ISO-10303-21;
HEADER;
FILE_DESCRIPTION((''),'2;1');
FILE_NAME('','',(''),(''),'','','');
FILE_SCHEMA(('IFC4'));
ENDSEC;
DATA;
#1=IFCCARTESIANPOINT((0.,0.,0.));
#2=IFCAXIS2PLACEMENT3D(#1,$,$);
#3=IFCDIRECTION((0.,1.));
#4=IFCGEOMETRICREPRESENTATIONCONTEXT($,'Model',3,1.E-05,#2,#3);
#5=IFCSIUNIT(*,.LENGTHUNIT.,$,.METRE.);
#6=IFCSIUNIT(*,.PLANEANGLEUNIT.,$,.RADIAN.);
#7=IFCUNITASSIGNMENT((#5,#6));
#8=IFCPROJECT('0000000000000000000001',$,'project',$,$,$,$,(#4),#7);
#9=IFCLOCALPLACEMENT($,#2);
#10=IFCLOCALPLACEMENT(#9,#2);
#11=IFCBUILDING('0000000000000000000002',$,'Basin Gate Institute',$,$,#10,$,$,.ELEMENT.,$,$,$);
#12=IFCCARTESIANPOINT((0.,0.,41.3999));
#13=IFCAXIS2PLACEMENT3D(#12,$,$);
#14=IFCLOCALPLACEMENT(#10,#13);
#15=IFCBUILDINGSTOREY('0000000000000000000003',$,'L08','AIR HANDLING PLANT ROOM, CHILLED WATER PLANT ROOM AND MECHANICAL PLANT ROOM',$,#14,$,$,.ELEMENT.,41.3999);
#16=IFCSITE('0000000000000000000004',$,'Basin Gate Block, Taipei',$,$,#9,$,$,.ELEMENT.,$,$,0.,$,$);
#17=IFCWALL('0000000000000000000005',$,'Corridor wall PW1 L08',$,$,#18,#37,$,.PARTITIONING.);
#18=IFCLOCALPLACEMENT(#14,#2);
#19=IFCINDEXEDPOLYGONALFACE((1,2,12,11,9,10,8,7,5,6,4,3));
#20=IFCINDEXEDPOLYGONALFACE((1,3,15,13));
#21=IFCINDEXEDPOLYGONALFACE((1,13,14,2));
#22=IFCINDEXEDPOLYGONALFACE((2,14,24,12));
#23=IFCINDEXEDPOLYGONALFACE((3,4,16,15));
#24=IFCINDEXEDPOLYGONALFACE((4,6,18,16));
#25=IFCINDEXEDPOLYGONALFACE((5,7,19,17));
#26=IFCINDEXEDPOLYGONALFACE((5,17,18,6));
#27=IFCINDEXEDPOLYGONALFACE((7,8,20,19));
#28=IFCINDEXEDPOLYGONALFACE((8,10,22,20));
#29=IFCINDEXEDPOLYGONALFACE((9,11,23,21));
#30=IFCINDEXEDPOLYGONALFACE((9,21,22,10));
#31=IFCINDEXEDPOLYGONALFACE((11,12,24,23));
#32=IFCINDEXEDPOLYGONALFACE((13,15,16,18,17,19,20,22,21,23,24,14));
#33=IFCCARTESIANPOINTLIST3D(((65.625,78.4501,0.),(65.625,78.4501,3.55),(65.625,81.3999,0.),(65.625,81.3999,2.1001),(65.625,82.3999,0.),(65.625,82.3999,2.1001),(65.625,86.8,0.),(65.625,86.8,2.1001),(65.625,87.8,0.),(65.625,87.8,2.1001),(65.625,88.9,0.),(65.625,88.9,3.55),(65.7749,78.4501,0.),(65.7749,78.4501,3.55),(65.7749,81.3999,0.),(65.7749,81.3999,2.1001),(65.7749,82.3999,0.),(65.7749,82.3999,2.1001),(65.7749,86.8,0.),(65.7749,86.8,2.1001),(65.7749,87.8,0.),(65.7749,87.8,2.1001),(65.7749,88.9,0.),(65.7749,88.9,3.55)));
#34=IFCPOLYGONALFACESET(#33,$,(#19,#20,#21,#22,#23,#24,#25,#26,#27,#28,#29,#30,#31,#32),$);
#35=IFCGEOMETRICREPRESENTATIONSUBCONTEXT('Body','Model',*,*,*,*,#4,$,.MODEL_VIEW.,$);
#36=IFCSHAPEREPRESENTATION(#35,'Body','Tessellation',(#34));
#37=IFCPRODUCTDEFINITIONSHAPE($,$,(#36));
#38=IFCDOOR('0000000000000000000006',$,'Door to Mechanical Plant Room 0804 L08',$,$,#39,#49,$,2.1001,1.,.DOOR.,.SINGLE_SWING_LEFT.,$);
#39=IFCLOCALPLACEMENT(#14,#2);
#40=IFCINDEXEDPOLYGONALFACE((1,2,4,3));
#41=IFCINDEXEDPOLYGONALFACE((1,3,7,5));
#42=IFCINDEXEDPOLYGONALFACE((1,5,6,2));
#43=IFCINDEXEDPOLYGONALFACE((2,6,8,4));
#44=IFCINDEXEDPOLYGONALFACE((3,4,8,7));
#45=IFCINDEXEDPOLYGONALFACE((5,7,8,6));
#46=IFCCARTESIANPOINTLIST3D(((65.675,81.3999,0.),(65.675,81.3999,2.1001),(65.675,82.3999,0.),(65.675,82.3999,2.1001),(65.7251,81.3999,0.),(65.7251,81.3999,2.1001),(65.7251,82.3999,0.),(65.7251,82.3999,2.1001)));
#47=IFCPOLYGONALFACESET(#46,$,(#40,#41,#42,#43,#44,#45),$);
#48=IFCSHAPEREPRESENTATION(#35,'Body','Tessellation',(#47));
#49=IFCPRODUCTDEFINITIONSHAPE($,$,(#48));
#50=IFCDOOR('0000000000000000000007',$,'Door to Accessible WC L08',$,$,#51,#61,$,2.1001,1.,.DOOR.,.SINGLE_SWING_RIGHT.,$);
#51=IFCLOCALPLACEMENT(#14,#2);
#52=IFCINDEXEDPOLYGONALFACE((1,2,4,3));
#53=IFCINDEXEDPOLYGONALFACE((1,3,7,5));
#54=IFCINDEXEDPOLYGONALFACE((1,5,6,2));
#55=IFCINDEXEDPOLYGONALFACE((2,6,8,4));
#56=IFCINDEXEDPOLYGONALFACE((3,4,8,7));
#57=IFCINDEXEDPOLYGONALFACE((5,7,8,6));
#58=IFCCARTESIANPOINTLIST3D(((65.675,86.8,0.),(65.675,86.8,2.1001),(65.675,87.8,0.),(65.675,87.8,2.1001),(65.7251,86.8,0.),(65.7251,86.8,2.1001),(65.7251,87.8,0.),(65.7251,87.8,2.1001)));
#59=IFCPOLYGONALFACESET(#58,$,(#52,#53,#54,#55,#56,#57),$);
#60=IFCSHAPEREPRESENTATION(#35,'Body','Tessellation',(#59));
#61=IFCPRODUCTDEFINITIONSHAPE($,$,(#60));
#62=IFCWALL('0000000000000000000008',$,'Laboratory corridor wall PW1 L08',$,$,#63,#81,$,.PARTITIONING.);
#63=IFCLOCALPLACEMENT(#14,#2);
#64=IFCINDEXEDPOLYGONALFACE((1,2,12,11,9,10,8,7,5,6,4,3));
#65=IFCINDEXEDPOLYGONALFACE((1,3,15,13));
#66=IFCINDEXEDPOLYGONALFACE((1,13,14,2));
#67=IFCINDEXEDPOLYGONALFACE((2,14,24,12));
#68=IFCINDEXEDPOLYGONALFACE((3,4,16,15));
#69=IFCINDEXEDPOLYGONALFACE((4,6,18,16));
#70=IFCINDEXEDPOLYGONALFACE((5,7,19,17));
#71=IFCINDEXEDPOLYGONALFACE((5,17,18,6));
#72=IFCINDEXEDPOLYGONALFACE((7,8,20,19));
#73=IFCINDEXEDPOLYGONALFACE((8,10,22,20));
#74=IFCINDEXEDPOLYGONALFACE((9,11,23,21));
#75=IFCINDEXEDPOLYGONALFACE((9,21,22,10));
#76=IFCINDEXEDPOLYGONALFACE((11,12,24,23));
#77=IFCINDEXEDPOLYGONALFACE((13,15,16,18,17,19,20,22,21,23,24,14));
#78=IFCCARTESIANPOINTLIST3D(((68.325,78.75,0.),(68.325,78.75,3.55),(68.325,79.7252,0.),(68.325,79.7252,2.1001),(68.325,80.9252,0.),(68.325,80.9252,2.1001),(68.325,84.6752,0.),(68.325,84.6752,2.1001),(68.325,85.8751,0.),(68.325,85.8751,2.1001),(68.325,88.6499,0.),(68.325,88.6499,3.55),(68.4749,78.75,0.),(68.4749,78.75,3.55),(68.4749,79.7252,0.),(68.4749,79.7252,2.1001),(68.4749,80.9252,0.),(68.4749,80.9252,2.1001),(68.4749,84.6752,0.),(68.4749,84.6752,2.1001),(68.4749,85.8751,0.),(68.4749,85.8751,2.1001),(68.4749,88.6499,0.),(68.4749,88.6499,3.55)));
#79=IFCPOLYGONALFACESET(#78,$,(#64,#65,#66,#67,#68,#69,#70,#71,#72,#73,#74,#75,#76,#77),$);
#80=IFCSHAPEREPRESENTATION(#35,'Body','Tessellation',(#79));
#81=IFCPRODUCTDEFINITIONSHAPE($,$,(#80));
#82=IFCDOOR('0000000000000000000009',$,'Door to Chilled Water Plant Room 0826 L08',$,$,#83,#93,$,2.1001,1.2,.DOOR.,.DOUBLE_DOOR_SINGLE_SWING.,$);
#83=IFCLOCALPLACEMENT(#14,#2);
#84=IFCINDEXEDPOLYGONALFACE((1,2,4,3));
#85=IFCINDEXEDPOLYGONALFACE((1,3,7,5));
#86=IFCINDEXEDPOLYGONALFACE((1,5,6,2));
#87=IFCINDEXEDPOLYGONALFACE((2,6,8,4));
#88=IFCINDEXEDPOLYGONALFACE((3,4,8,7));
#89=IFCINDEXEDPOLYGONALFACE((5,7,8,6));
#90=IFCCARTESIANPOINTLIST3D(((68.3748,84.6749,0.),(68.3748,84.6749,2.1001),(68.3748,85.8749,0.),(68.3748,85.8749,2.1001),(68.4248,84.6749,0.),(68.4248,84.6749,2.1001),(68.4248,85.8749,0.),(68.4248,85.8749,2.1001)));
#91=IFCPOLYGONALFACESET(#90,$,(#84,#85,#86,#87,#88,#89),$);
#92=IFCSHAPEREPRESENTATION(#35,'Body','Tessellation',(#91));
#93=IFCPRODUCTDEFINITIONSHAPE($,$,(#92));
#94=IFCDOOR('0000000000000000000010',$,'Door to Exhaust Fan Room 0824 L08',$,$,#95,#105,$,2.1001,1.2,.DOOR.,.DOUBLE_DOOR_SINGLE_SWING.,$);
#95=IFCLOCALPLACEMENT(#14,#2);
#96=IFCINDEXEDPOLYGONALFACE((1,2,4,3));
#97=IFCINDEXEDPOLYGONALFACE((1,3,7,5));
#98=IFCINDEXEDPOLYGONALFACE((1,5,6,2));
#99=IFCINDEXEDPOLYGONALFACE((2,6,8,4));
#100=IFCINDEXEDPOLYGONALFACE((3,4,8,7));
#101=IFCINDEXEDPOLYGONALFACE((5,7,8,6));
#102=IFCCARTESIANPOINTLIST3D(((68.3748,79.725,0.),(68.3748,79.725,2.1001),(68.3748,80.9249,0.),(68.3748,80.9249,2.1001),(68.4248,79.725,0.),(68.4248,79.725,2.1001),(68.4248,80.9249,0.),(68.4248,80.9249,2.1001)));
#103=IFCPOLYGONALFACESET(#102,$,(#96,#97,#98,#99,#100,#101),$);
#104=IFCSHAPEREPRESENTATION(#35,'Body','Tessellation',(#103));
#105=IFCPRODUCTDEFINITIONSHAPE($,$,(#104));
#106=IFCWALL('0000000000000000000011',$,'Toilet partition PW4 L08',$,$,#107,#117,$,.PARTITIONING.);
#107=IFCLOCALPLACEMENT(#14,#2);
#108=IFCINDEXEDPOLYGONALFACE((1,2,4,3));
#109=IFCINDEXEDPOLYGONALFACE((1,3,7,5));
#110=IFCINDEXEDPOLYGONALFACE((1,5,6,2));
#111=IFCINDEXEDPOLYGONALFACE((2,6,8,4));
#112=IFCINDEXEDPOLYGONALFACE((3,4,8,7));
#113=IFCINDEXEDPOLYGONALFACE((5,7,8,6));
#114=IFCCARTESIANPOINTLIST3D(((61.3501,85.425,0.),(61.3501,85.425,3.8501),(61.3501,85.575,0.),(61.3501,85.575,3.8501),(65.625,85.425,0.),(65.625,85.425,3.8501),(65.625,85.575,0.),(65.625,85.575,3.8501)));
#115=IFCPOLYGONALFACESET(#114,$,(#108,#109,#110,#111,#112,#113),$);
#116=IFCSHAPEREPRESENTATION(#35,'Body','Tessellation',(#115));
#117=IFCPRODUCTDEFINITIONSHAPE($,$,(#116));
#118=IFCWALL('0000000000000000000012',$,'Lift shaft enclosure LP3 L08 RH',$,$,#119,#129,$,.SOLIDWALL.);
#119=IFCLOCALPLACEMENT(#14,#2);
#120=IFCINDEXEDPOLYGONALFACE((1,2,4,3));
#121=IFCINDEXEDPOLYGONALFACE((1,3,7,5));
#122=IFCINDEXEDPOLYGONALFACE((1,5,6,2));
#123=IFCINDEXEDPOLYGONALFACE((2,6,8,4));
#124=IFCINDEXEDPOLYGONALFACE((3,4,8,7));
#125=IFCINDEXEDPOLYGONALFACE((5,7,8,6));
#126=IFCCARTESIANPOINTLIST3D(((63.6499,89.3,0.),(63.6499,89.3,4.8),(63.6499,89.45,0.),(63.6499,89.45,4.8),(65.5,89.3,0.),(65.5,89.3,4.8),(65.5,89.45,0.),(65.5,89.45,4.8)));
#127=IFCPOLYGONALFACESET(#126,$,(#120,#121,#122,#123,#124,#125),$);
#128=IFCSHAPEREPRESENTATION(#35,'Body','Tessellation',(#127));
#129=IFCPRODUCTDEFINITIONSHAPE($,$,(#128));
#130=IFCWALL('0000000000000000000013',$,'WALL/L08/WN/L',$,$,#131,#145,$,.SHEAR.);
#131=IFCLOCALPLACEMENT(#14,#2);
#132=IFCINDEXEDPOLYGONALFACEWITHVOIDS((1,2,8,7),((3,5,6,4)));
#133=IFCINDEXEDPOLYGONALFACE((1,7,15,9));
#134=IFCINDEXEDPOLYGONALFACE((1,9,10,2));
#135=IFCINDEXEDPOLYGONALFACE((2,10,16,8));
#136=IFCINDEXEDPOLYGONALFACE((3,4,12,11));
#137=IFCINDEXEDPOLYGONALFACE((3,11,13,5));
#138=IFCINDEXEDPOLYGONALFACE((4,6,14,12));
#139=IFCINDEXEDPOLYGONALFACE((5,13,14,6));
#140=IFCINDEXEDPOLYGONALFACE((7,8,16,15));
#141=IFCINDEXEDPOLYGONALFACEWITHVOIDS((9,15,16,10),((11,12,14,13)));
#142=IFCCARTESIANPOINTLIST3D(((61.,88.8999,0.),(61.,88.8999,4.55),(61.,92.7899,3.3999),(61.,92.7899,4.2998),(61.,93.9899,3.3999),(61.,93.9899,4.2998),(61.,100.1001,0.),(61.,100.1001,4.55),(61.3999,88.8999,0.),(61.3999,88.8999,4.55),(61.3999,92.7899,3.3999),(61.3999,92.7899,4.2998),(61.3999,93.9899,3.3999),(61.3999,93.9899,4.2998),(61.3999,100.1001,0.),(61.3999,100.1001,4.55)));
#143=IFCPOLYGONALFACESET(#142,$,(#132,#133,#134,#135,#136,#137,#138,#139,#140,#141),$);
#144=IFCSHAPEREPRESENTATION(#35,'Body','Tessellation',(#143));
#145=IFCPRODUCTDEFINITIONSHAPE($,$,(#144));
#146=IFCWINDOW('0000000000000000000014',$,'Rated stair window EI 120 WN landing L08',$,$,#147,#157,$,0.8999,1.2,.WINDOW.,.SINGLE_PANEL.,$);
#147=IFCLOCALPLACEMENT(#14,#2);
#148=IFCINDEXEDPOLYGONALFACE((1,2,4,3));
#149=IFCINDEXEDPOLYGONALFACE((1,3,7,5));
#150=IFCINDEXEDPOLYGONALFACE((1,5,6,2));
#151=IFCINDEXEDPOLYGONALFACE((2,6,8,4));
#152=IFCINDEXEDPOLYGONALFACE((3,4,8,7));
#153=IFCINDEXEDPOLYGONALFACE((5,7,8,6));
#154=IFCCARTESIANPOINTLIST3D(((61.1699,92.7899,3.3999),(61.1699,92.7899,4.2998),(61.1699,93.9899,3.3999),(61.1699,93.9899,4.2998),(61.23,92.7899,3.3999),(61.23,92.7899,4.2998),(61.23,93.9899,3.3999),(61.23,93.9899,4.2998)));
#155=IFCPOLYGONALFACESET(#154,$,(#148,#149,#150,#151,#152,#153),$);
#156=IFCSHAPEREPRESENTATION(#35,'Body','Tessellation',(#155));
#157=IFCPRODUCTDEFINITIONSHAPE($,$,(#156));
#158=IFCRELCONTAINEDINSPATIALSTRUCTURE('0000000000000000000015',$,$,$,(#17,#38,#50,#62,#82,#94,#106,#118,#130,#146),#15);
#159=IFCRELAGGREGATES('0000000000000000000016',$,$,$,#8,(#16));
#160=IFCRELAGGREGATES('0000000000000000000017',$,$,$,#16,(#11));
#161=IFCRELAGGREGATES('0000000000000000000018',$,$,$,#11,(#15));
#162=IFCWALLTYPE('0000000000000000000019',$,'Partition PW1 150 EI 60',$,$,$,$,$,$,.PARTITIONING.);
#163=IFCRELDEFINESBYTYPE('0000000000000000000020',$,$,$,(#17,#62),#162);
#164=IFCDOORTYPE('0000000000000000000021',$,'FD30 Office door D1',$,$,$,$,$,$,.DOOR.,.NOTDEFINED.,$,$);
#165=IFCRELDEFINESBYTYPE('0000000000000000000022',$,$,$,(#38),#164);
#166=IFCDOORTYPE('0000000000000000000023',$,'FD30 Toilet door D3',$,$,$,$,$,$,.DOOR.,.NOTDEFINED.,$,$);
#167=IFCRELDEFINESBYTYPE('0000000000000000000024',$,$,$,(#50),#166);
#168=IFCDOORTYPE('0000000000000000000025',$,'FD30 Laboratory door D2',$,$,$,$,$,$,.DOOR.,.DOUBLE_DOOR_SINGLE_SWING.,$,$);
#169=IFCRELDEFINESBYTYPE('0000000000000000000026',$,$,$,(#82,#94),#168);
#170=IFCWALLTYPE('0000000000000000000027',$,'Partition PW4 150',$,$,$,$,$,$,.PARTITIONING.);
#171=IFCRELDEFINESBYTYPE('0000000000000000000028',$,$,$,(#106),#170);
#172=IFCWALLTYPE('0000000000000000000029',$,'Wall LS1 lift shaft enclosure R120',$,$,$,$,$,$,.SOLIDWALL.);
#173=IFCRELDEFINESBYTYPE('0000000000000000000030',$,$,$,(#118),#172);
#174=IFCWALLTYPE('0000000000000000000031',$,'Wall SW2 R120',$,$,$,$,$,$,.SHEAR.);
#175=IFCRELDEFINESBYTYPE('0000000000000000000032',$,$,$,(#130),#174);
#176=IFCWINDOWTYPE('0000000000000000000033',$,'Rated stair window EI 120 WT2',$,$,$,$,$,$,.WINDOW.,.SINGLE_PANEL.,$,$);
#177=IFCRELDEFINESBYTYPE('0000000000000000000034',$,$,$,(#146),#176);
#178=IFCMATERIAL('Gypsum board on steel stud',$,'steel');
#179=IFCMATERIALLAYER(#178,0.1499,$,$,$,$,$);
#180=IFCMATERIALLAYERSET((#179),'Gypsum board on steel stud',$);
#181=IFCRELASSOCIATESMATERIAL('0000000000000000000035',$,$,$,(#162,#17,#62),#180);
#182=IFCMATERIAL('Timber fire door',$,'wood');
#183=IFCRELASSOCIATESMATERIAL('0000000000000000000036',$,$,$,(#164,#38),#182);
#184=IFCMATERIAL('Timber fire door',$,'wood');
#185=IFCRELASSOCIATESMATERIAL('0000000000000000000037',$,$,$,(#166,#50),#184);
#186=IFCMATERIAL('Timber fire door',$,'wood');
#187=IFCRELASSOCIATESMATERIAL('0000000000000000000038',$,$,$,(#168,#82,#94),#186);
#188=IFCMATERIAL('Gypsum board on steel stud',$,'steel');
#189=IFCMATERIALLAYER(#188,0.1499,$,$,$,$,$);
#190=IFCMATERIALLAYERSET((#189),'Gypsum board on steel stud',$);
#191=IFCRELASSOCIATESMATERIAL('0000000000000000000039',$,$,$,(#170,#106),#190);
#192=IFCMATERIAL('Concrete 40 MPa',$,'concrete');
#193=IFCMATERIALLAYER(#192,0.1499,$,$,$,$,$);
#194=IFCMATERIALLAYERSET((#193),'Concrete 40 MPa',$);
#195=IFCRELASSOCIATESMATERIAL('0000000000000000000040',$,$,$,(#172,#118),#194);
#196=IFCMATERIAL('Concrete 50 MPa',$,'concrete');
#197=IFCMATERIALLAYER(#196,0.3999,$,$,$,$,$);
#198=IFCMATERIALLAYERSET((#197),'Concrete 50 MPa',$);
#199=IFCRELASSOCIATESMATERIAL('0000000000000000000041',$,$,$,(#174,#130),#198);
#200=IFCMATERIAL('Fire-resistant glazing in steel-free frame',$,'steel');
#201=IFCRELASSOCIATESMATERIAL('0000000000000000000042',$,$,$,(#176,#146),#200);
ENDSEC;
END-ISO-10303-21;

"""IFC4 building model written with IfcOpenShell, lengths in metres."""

from ifc_helpers import new_model, si_unit, direction, frame, frame_2d, origin, place, context, subcontext, project, spatial, rectangle, extrude, material, layer, layer_set, type_object, element, fill, save


model = new_model("IFC4")

# Units and contexts
model_context = context("Model", 3, precision=1e-05, world=origin(), true_north=direction((0.0, 1.0)))
body_context = subcontext(model_context, "Body", "Model", "MODEL_VIEW")
ifc_project = project(units=[si_unit("LENGTHUNIT", "METRE"), si_unit("PLANEANGLEUNIT", "RADIAN")], contexts=[model_context])

# Site, building, storey
site_placement = place(None, origin())
site = spatial("IfcSite", under=ifc_project, at=site_placement, Name="Basin Gate Block, Taipei", CompositionType="ELEMENT", RefElevation=0.0)
building_placement = place(site_placement, origin())
building = spatial("IfcBuilding", under=site, at=building_placement, Name="Basin Gate Institute", CompositionType="ELEMENT")
storey_placement = place(building_placement, frame((0.0, 0.0, 41.3999)))
storey = spatial("IfcBuildingStorey", under=building, at=storey_placement, Name="L08", Description="AIR HANDLING PLANT ROOM, CHILLED WATER PLANT ROOM AND MECHANICAL PLANT ROOM", CompositionType="ELEMENT", Elevation=41.3999)

# Walls, openings, doors
ifc_material_1 = material(Name="Gypsum board on steel stud", Category="steel")
ifc_layer_1 = layer(ifc_material_1, 0.1499)
ifc_layer_set_1 = layer_set([ifc_layer_1], Name="Gypsum board on steel stud")
wall_type_1 = type_object("IfcWallType", Name="Partition PW1 150 EI 60", PredefinedType="PARTITIONING", material=ifc_layer_set_1)
wall_1_placement = place(storey_placement, frame((65.7, 78.45, 0.0), z_axis=(0.0, 0.0, 1.0), x_axis=(0.0, 1.0, 0.0)))
wall_1 = element("IfcWall", 1, at=wall_1_placement, inside=storey, type_object=wall_type_1, material=ifc_layer_set_1, Name="Corridor wall PW1 L08", PredefinedType="PARTITIONING", context=body_context, shape_type="SweptSolid", body=[
    extrude(rectangle(XDim=10.45, YDim=0.1499, at=frame_2d((5.2251, 0.0))), origin(), (0.0, 0.0, 1.0), 3.55),
])
opening_1_placement = place(wall_1_placement, frame((8.3501, 0.0, 0.0)))
opening_1 = element("IfcOpeningElement", 2, at=opening_1_placement, cuts=wall_1, PredefinedType="OPENING", context=body_context, shape_type="SweptSolid", body=[
    extrude(rectangle(XDim=1.0, YDim=2.1001, at=frame_2d((0.5, 1.05))), frame((0.0, 0.085, 0.0), z_axis=(0.0, -1.0, 0.0), x_axis=(1.0, 0.0, 0.0)), (0.0, 0.0, 1.0), 0.1699),
])
opening_2_placement = place(wall_1_placement, frame((2.95, 0.0, 0.0)))
opening_2 = element("IfcOpeningElement", 3, at=opening_2_placement, cuts=wall_1, PredefinedType="OPENING", context=body_context, shape_type="SweptSolid", body=[
    extrude(rectangle(XDim=1.0, YDim=2.1001, at=frame_2d((0.5, 1.05))), frame((0.0, 0.085, 0.0), z_axis=(0.0, -1.0, 0.0), x_axis=(1.0, 0.0, 0.0)), (0.0, 0.0, 1.0), 0.1699),
])
ifc_material_2 = material(Name="Timber fire door", Category="wood")
door_type_1 = type_object("IfcDoorType", Name="FD30 Office door D1", OperationType="NOTDEFINED", PredefinedType="DOOR", material=ifc_material_2)
door_1_placement = place(opening_2_placement, origin())
door_1 = element("IfcDoor", 4, at=door_1_placement, inside=storey, type_object=door_type_1, material=ifc_material_2, Name="Door to Mechanical Plant Room 0804 L08", OperationType="SINGLE_SWING_LEFT", OverallHeight=2.1001, OverallWidth=1.0, PredefinedType="DOOR", context=body_context, shape_type="SweptSolid", body=[
    extrude(rectangle(XDim=1.0, YDim=2.1001, at=frame_2d((0.5, 1.05))), frame((0.0, 0.0249, 0.0), z_axis=(0.0, -1.0, 0.0), x_axis=(1.0, 0.0, 0.0)), (0.0, 0.0, 1.0), 0.05),
])
fill(opening_2, door_1)
ifc_material_3 = material(Name="Timber fire door", Category="wood")
door_type_2 = type_object("IfcDoorType", Name="FD30 Toilet door D3", OperationType="NOTDEFINED", PredefinedType="DOOR", material=ifc_material_3)
door_2_placement = place(opening_1_placement, origin())
door_2 = element("IfcDoor", 5, at=door_2_placement, inside=storey, type_object=door_type_2, material=ifc_material_3, Name="Door to Accessible WC L08", OperationType="SINGLE_SWING_RIGHT", OverallHeight=2.1001, OverallWidth=1.0, PredefinedType="DOOR", context=body_context, shape_type="SweptSolid", body=[
    extrude(rectangle(XDim=1.0, YDim=2.1001, at=frame_2d((0.5, 1.05))), frame((0.0, 0.0249, 0.0), z_axis=(0.0, -1.0, 0.0), x_axis=(1.0, 0.0, 0.0)), (0.0, 0.0, 1.0), 0.05),
])
fill(opening_1, door_2)
wall_2_placement = place(storey_placement, frame((68.3999, 78.75, 0.0), z_axis=(0.0, 0.0, 1.0), x_axis=(0.0, 1.0, 0.0)))
wall_2 = element("IfcWall", 6, at=wall_2_placement, inside=storey, type_object=wall_type_1, material=ifc_layer_set_1, Name="Laboratory corridor wall PW1 L08", PredefinedType="PARTITIONING", context=body_context, shape_type="SweptSolid", body=[
    extrude(rectangle(XDim=9.8999, YDim=0.1499, at=frame_2d((4.95, 0.0))), origin(), (0.0, 0.0, 1.0), 3.55),
])
opening_3_placement = place(wall_2_placement, frame((5.925, 0.0, 0.0)))
opening_3 = element("IfcOpeningElement", 7, at=opening_3_placement, cuts=wall_2, PredefinedType="OPENING", context=body_context, shape_type="SweptSolid", body=[
    extrude(rectangle(XDim=1.2, YDim=2.1001, at=frame_2d((0.6001, 1.05))), frame((0.0, 0.085, 0.0), z_axis=(0.0, -1.0, 0.0), x_axis=(1.0, 0.0, 0.0)), (0.0, 0.0, 1.0), 0.1699),
])
opening_4_placement = place(wall_2_placement, frame((0.9751, 0.0, 0.0)))
opening_4 = element("IfcOpeningElement", 8, at=opening_4_placement, cuts=wall_2, PredefinedType="OPENING", context=body_context, shape_type="SweptSolid", body=[
    extrude(rectangle(XDim=1.2, YDim=2.1001, at=frame_2d((0.6001, 1.05))), frame((0.0, 0.085, 0.0), z_axis=(0.0, -1.0, 0.0), x_axis=(1.0, 0.0, 0.0)), (0.0, 0.0, 1.0), 0.1699),
])
ifc_material_4 = material(Name="Timber fire door", Category="wood")
door_type_3 = type_object("IfcDoorType", Name="FD30 Laboratory door D2", OperationType="DOUBLE_DOOR_SINGLE_SWING", PredefinedType="DOOR", material=ifc_material_4)
door_3_placement = place(opening_3_placement, frame((1.2, 0.0, 0.0), z_axis=(0.0, 0.0, 1.0), x_axis=(-1.0, 0.0, 0.0)))
door_3 = element("IfcDoor", 9, at=door_3_placement, inside=storey, type_object=door_type_3, material=ifc_material_4, Name="Door to Chilled Water Plant Room 0826 L08", OperationType="DOUBLE_DOOR_SINGLE_SWING", OverallHeight=2.1001, OverallWidth=1.2, PredefinedType="DOOR", context=body_context, shape_type="SweptSolid", body=[
    extrude(rectangle(XDim=1.2, YDim=2.1001, at=frame_2d((0.6001, 1.05))), frame((0.0, 0.0249, 0.0), z_axis=(0.0, -1.0, 0.0), x_axis=(1.0, 0.0, 0.0)), (0.0, 0.0, 1.0), 0.05),
])
fill(opening_3, door_3)
door_4_placement = place(opening_4_placement, frame((1.2, 0.0, 0.0), z_axis=(0.0, 0.0, 1.0), x_axis=(-1.0, 0.0, 0.0)))
door_4 = element("IfcDoor", 10, at=door_4_placement, inside=storey, type_object=door_type_3, material=ifc_material_4, Name="Door to Exhaust Fan Room 0824 L08", OperationType="DOUBLE_DOOR_SINGLE_SWING", OverallHeight=2.1001, OverallWidth=1.2, PredefinedType="DOOR", context=body_context, shape_type="SweptSolid", body=[
    extrude(rectangle(XDim=1.2, YDim=2.1001, at=frame_2d((0.6001, 1.05))), frame((0.0, 0.0249, 0.0), z_axis=(0.0, -1.0, 0.0), x_axis=(1.0, 0.0, 0.0)), (0.0, 0.0, 1.0), 0.05),
])
fill(opening_4, door_4)

# Walls
ifc_material_5 = material(Name="Gypsum board on steel stud", Category="steel")
ifc_layer_2 = layer(ifc_material_5, 0.1499)
ifc_layer_set_2 = layer_set([ifc_layer_2], Name="Gypsum board on steel stud")
wall_type_2 = type_object("IfcWallType", Name="Partition PW4 150", PredefinedType="PARTITIONING", material=ifc_layer_set_2)
wall_3_placement = place(storey_placement, frame((61.3501, 85.5, 0.0), z_axis=(0.0, 0.0, 1.0), x_axis=(1.0, 0.0, 0.0)))
element("IfcWall", 11, at=wall_3_placement, inside=storey, type_object=wall_type_2, material=ifc_layer_set_2, Name="Toilet partition PW4 L08", PredefinedType="PARTITIONING", context=body_context, shape_type="SweptSolid", body=[
    extrude(rectangle(XDim=4.2749, YDim=0.1499, at=frame_2d((2.1375, 0.0))), origin(), (0.0, 0.0, 1.0), 3.8501),
])
ifc_material_6 = material(Name="Concrete 40 MPa", Category="concrete")
ifc_layer_3 = layer(ifc_material_6, 0.1499)
ifc_layer_set_3 = layer_set([ifc_layer_3], Name="Concrete 40 MPa")
wall_type_3 = type_object("IfcWallType", Name="Wall LS1 lift shaft enclosure R120", PredefinedType="SOLIDWALL", material=ifc_layer_set_3)
wall_4_placement = place(storey_placement, frame((63.6499, 89.375, 0.0), z_axis=(0.0, 0.0, 1.0), x_axis=(1.0, 0.0, 0.0)))
element("IfcWall", 12, at=wall_4_placement, inside=storey, type_object=wall_type_3, material=ifc_layer_set_3, Name="Lift shaft enclosure LP3 L08 RH", PredefinedType="SOLIDWALL", context=body_context, shape_type="SweptSolid", body=[
    extrude(rectangle(XDim=1.8501, YDim=0.1499, at=frame_2d((0.925, 0.0))), origin(), (0.0, 0.0, 1.0), 4.8),
])

# Wall, opening, window
ifc_material_7 = material(Name="Concrete 50 MPa", Category="concrete")
ifc_layer_4 = layer(ifc_material_7, 0.3999)
ifc_layer_set_4 = layer_set([ifc_layer_4], Name="Concrete 50 MPa")
wall_type_4 = type_object("IfcWallType", Name="Wall SW2 R120", PredefinedType="SHEAR", material=ifc_layer_set_4)
wall_5_placement = place(storey_placement, frame((61.2, 88.8999, 0.0), z_axis=(0.0, 0.0, 1.0), x_axis=(0.0, 1.0, 0.0)))
wall_5 = element("IfcWall", 13, at=wall_5_placement, inside=storey, type_object=wall_type_4, material=ifc_layer_set_4, Name="WALL/L08/WN/L", PredefinedType="SHEAR", context=body_context, shape_type="SweptSolid", body=[
    extrude(rectangle(XDim=11.2002, YDim=0.3999, at=frame_2d((5.6001, 0.0))), origin(), (0.0, 0.0, 1.0), 4.55),
])
opening_5_placement = place(wall_5_placement, frame((3.8899, 0.0, 3.3999)))
opening_5 = element("IfcOpeningElement", 14, at=opening_5_placement, cuts=wall_5, PredefinedType="OPENING", context=body_context, shape_type="SweptSolid", body=[
    extrude(rectangle(XDim=1.2, YDim=0.8999, at=frame_2d((0.6001, 0.45))), frame((0.0, 0.21, 0.0), z_axis=(0.0, -1.0, 0.0), x_axis=(1.0, 0.0, 0.0)), (0.0, 0.0, 1.0), 0.4199),
])
ifc_material_8 = material(Name="Fire-resistant glazing in steel-free frame", Category="steel")
window_type_1 = type_object("IfcWindowType", Name="Rated stair window EI 120 WT2", PartitioningType="SINGLE_PANEL", PredefinedType="WINDOW", material=ifc_material_8)
window_1_placement = place(opening_5_placement, origin())
window_1 = element("IfcWindow", 15, at=window_1_placement, inside=storey, type_object=window_type_1, material=ifc_material_8, Name="Rated stair window EI 120 WN landing L08", OverallHeight=0.8999, OverallWidth=1.2, PartitioningType="SINGLE_PANEL", PredefinedType="WINDOW", context=body_context, shape_type="SweptSolid", body=[
    extrude(rectangle(XDim=1.2, YDim=0.8999, at=frame_2d((0.6001, 0.45))), frame((0.0, 0.03, 0.0), z_axis=(0.0, -1.0, 0.0), x_axis=(1.0, 0.0, 0.0)), (0.0, 0.0, 1.0), 0.0601),
])
fill(opening_5, window_1)

save(model, "model.ifc")
